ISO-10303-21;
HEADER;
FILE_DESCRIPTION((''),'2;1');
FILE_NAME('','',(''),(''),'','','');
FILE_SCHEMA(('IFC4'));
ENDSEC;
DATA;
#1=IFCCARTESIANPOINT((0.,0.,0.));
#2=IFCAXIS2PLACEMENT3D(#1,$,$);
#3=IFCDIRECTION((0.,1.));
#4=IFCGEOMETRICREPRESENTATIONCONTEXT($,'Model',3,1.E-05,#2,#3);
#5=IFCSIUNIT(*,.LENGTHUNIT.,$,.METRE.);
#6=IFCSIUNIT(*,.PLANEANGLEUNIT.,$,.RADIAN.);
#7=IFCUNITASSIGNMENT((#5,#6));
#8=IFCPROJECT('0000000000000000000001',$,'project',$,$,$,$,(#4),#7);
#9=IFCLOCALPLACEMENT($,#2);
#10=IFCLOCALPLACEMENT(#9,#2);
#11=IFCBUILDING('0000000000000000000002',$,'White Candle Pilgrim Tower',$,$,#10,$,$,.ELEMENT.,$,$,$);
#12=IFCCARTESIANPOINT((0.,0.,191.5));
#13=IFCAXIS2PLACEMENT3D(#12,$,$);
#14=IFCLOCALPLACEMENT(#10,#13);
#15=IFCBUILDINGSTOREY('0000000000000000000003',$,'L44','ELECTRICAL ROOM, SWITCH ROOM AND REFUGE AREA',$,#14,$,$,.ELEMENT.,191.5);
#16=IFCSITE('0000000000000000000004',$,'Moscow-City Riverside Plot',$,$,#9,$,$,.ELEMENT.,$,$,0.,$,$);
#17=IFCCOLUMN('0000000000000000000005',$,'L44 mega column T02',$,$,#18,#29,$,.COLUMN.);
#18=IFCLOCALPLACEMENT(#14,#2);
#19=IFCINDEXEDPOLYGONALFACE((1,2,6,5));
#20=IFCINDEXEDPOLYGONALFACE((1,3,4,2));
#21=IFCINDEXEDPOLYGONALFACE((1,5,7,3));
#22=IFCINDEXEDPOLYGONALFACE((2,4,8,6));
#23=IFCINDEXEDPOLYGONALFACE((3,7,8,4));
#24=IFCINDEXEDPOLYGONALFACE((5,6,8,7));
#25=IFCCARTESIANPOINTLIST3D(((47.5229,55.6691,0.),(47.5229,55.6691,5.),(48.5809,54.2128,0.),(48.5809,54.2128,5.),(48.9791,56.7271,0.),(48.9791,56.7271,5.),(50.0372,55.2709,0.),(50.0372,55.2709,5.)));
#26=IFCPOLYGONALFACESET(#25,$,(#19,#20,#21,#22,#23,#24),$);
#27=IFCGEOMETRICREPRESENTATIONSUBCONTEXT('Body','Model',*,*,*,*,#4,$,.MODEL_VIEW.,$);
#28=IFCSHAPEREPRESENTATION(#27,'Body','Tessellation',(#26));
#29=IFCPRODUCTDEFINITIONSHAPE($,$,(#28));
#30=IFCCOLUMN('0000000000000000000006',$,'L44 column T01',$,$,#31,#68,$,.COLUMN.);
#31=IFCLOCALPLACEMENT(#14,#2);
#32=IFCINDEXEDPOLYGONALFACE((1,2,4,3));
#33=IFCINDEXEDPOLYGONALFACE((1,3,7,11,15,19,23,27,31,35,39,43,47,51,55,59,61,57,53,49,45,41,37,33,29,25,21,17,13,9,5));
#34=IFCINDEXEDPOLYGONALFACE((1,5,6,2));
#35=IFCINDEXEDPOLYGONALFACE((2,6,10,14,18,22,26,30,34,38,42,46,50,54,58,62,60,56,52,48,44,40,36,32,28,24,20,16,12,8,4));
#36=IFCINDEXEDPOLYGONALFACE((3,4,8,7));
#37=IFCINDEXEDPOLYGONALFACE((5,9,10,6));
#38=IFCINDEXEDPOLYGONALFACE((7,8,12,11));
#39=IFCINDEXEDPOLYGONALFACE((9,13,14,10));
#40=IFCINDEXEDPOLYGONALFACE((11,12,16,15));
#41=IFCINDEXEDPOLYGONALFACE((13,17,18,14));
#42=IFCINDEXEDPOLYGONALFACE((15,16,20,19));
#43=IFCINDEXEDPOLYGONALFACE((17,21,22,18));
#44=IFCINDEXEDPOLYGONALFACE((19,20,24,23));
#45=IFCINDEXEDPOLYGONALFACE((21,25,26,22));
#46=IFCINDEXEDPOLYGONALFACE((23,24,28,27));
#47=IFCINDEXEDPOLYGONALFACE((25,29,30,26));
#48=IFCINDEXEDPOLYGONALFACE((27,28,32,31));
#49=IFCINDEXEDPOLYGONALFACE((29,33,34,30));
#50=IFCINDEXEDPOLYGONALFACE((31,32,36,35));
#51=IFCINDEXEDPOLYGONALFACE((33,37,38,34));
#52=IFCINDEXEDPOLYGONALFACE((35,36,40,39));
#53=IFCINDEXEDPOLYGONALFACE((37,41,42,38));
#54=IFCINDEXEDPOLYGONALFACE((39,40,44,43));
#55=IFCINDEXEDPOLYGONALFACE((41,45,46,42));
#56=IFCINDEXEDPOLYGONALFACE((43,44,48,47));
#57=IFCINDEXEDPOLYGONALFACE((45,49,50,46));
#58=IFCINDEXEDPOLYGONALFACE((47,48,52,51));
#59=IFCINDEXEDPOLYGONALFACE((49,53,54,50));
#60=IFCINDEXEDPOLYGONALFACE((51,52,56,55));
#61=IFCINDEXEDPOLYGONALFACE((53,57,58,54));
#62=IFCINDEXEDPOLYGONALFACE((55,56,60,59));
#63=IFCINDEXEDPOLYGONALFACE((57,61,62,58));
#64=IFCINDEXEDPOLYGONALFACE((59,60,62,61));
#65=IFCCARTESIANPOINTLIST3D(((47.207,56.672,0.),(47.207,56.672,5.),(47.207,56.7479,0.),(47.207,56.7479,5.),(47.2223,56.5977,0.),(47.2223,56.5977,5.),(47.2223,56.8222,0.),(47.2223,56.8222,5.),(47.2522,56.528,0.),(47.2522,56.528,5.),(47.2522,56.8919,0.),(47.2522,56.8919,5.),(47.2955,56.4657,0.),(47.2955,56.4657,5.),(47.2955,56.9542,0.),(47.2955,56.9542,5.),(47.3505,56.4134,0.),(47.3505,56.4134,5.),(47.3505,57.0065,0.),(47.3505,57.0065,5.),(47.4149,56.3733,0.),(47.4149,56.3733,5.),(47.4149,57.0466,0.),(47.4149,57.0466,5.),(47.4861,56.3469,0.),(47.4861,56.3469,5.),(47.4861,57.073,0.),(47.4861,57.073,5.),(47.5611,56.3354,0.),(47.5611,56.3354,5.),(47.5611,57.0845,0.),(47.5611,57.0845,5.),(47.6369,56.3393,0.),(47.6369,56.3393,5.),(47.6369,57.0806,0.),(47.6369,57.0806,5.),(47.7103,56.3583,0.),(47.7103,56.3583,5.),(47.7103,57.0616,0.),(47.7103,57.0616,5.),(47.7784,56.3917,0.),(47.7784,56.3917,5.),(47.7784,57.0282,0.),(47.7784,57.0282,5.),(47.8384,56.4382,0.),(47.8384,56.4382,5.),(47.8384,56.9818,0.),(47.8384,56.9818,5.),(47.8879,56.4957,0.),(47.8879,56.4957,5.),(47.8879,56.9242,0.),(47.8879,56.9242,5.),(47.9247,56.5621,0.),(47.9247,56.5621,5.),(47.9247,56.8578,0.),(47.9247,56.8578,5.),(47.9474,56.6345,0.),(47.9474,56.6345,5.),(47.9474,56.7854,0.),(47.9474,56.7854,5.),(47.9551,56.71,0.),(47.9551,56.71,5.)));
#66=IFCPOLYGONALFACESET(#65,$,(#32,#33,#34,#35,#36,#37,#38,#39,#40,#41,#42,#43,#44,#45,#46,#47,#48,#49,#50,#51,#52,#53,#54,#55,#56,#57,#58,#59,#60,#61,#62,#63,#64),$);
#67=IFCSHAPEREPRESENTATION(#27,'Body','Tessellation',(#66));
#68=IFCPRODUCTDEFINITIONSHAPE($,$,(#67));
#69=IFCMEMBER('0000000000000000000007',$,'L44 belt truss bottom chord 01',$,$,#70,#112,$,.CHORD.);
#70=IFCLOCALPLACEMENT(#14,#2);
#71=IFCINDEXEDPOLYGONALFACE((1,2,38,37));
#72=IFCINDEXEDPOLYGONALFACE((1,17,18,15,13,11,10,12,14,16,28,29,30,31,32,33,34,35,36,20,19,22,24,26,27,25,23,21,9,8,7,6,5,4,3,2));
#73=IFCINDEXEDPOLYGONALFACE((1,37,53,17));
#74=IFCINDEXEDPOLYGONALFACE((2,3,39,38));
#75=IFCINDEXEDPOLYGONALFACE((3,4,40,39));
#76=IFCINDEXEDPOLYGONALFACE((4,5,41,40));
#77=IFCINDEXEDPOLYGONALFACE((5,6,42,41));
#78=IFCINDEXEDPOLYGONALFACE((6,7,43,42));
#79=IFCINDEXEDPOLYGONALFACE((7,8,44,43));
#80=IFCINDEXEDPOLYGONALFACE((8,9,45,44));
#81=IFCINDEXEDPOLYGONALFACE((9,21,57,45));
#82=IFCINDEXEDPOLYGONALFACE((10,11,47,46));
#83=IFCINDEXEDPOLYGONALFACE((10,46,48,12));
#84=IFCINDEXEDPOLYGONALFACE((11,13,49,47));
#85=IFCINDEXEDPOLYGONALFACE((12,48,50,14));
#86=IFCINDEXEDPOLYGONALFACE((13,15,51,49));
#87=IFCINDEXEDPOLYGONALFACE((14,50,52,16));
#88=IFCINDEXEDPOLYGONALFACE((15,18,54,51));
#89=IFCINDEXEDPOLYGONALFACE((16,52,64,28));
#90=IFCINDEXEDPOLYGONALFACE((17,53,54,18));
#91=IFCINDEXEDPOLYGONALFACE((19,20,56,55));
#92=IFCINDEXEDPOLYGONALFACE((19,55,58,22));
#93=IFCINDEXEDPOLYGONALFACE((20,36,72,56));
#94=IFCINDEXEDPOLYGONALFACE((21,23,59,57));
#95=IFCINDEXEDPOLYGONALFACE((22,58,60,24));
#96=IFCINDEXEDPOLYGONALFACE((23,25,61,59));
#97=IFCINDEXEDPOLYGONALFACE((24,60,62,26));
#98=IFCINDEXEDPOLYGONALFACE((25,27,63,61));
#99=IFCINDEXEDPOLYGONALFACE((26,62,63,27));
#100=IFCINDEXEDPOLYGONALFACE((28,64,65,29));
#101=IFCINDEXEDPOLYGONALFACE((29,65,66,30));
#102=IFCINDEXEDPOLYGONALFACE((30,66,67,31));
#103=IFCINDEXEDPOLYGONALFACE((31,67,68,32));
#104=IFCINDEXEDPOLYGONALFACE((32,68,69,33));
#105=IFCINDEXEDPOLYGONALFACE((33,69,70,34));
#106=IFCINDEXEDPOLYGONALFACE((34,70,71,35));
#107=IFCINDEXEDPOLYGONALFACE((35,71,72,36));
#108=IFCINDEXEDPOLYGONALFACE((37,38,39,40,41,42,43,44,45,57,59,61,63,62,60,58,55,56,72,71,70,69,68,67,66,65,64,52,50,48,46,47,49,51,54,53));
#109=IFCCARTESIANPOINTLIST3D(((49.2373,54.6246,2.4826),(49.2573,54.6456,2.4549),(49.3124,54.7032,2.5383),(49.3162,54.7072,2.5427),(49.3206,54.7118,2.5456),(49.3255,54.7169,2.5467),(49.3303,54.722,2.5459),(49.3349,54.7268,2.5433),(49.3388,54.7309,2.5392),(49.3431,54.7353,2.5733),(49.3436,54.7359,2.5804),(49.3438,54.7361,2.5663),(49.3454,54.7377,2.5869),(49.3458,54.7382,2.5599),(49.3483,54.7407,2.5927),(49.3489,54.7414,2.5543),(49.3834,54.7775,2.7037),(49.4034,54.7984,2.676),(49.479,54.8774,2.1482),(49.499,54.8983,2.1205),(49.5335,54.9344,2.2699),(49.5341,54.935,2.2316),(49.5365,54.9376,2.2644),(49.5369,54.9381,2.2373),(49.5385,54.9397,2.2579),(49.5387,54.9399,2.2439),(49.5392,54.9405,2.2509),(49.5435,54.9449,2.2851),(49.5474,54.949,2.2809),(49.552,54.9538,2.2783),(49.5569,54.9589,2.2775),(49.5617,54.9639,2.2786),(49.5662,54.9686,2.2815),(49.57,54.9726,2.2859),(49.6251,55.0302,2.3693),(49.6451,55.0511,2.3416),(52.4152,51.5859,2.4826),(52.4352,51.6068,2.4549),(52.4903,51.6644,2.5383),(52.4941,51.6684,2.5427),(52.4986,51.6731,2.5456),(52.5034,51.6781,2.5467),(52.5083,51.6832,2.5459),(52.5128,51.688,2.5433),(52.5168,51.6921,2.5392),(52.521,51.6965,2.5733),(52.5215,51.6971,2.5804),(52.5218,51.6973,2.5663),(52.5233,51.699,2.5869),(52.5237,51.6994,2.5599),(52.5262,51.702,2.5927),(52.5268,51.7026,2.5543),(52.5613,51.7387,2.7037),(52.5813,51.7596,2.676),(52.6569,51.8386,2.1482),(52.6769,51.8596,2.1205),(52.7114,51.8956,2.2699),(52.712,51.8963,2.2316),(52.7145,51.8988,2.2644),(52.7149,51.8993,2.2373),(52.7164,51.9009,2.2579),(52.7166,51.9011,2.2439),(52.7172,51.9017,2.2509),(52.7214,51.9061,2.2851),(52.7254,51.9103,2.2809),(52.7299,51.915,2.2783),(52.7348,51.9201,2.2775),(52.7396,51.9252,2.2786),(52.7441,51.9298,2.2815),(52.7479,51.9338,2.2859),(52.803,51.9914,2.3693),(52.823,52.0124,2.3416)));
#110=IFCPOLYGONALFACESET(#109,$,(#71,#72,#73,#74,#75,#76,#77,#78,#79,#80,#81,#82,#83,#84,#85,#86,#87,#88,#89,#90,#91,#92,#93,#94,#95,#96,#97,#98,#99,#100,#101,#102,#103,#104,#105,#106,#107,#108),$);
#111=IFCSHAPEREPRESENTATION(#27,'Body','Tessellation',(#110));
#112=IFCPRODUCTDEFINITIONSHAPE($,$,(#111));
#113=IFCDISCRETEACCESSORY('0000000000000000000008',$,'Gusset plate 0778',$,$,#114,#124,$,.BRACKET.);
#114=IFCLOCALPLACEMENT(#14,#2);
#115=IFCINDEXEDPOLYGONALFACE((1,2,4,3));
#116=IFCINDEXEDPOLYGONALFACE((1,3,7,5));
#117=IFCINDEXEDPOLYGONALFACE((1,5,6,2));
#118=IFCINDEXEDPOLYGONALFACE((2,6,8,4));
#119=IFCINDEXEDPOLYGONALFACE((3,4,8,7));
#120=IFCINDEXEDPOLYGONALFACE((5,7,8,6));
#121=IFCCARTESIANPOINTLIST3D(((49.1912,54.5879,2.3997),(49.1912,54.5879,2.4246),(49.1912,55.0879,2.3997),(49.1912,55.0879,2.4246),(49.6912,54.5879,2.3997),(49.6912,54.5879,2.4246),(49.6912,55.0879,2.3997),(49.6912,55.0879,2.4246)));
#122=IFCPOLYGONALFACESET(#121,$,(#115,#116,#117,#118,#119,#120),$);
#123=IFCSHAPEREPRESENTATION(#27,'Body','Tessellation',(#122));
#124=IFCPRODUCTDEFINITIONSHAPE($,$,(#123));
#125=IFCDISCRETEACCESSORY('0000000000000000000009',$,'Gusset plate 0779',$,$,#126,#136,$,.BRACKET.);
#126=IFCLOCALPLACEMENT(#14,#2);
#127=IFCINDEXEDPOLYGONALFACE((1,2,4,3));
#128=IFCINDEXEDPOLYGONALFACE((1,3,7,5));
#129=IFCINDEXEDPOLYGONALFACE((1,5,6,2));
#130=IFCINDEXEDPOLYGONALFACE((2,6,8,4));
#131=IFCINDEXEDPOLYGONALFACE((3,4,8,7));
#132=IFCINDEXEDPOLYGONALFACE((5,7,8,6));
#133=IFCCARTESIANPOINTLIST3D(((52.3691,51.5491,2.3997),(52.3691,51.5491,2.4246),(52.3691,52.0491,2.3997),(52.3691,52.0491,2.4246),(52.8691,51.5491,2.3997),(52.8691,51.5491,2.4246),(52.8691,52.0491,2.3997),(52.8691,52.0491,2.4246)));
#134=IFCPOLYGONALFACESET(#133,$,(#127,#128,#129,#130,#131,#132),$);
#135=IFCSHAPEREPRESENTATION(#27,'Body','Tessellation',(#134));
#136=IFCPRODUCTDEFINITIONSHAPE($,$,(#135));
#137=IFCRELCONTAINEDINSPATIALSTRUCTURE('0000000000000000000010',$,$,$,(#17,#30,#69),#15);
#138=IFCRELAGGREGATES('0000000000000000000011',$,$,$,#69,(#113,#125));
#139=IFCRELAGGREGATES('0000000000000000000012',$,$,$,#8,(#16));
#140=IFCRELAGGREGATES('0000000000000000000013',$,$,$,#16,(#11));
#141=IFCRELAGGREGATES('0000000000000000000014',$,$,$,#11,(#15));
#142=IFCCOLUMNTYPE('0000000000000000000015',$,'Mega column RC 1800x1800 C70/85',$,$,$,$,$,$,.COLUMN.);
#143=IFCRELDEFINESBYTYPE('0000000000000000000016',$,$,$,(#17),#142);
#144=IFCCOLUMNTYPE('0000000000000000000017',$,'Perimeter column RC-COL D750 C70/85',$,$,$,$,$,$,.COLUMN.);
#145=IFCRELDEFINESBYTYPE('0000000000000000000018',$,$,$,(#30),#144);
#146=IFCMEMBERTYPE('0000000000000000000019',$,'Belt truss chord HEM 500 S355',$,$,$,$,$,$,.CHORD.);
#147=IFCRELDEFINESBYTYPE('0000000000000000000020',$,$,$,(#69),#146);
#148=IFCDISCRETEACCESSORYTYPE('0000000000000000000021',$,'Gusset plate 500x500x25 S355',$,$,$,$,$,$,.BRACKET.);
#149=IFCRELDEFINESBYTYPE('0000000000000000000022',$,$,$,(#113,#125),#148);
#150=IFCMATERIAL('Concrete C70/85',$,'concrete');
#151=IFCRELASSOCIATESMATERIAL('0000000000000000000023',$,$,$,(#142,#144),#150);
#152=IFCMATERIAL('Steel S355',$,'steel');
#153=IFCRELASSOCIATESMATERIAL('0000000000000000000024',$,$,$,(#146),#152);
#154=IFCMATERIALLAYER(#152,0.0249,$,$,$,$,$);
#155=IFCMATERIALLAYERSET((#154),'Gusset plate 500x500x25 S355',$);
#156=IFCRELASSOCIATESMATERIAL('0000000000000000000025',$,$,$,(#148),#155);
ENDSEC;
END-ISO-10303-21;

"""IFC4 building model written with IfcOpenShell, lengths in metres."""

from ifc_helpers import new_model, si_unit, direction, frame, origin, origin_2d, place, context, subcontext, project, spatial, rectangle, circle, i_section, extrude, material, layer, layer_set, material_profile, profile_set, type_object, element, aggregate, save


model = new_model("IFC4")

# Units and contexts
model_context = context("Model", 3, precision=1e-05, world=origin(), true_north=direction((0.0, 1.0)))
body_context = subcontext(model_context, "Body", "Model", "MODEL_VIEW")
ifc_project = project(units=[si_unit("LENGTHUNIT", "METRE"), si_unit("PLANEANGLEUNIT", "RADIAN")], contexts=[model_context])

# Site, building, storey
site_placement = place(None, origin())
site = spatial("IfcSite", under=ifc_project, at=site_placement, Name="Moscow-City Riverside Plot", CompositionType="ELEMENT", RefElevation=0.0)
building_placement = place(site_placement, origin())
building = spatial("IfcBuilding", under=site, at=building_placement, Name="White Candle Pilgrim Tower", CompositionType="ELEMENT")
storey_placement = place(building_placement, frame((0.0, 0.0, 191.5)))
storey = spatial("IfcBuildingStorey", under=building, at=storey_placement, Name="L44", Description="ELECTRICAL ROOM, SWITCH ROOM AND REFUGE AREA", CompositionType="ELEMENT", Elevation=191.5)

# Columns
ifc_material_1 = material(Name="Concrete C70/85", Category="concrete")
ifc_material_profile_1 = material_profile(ifc_material_1, rectangle(XDim=1.8, YDim=1.8, at=origin_2d()), Name="RC 1800x1800")
ifc_profile_set_1 = profile_set([ifc_material_profile_1], Name="Concrete C70/85")
column_type_1 = type_object("IfcColumnType", Name="Mega column RC 1800x1800 C70/85", PredefinedType="COLUMN", material=ifc_profile_set_1)
column_1_placement = place(storey_placement, frame((48.78, 55.47, 0.0), z_axis=(0.0, 0.0, 1.0), x_axis=(-0.809017, -0.587785, 0.0)))
element("IfcColumn", 1, at=column_1_placement, inside=storey, type_object=column_type_1, Name="L44 mega column T02", PredefinedType="COLUMN", context=body_context, shape_type="SweptSolid", body=[
    extrude(rectangle(XDim=1.8, YDim=1.8, at=origin_2d()), origin(), (0.0, 0.0, 1.0), 5.0),
])
ifc_material_profile_2 = material_profile(ifc_material_1, circle(Radius=0.375, at=origin_2d()), Name="RC-COL D750")
ifc_profile_set_2 = profile_set([ifc_material_profile_2], Name="Concrete C70/85")
column_type_2 = type_object("IfcColumnType", Name="Perimeter column RC-COL D750 C70/85", PredefinedType="COLUMN", material=ifc_profile_set_2)
column_2_placement = place(storey_placement, frame((47.5801, 56.71, 0.0), z_axis=(0.0, 0.0, 1.0), x_axis=(1.0, 0.0, 0.0)))
element("IfcColumn", 2, at=column_2_placement, inside=storey, type_object=column_type_2, Name="L44 column T01", PredefinedType="COLUMN", context=body_context, shape_type="SweptSolid", body=[
    extrude(circle(Radius=0.375, at=origin_2d()), origin(), (0.0, 0.0, 1.0), 5.0),
])

# Member
ifc_material_2 = material(Name="Steel S355", Category="steel")
ifc_material_profile_3 = material_profile(ifc_material_2, i_section(OverallWidth=0.3059, OverallDepth=0.5239, WebThickness=0.021, FlangeThickness=0.04, FilletRadius=0.0271, at=origin_2d()), Name="HEM 500")
ifc_profile_set_3 = profile_set([ifc_material_profile_3], Name="Steel S355")
member_type_1 = type_object("IfcMemberType", Name="Belt truss chord HEM 500 S355", PredefinedType="CHORD", material=ifc_profile_set_3)
member_1_placement = place(storey_placement, frame((49.4412, 54.8379, 2.4121), z_axis=(0.722754, -0.691105, 0.0), x_axis=(0.477632, 0.499504, 0.722747)))
member_1 = element("IfcMember", 3, at=member_1_placement, inside=storey, type_object=member_type_1, Name="L44 belt truss bottom chord 01", PredefinedType="CHORD", context=body_context, shape_type="SweptSolid", body=[
    extrude(i_section(OverallWidth=0.3059, OverallDepth=0.5239, WebThickness=0.021, FlangeThickness=0.04, FilletRadius=0.0271, at=origin_2d()), origin(), (0.0, 0.0, 1.0), 4.397),
])

# Discrete accessories
ifc_layer_1 = layer(ifc_material_2, 0.0249)
ifc_layer_set_1 = layer_set([ifc_layer_1], Name="Gusset plate 500x500x25 S355")
discrete_accessory_type = type_object("IfcDiscreteAccessoryType", Name="Gusset plate 500x500x25 S355", PredefinedType="BRACKET", material=ifc_layer_set_1)
discrete_accessory_1_placement = place(storey_placement, frame((49.4412, 54.8379, 2.3997), z_axis=(0.0, 0.0, 1.0), x_axis=(1.0, 0.0, 0.0)))
discrete_accessory_1 = element("IfcDiscreteAccessory", 4, at=discrete_accessory_1_placement, type_object=discrete_accessory_type, Name="Gusset plate 0778", PredefinedType="BRACKET", context=body_context, shape_type="SweptSolid", body=[
    extrude(rectangle(XDim=0.5, YDim=0.5, at=origin_2d()), origin(), (0.0, 0.0, 1.0), 0.0249),
])
discrete_accessory_2_placement = place(storey_placement, frame((52.6191, 51.7991, 2.3997), z_axis=(0.0, 0.0, 1.0), x_axis=(1.0, 0.0, 0.0)))
discrete_accessory_2 = element("IfcDiscreteAccessory", 5, at=discrete_accessory_2_placement, type_object=discrete_accessory_type, Name="Gusset plate 0779", PredefinedType="BRACKET", context=body_context, shape_type="SweptSolid", body=[
    extrude(rectangle(XDim=0.5, YDim=0.5, at=origin_2d()), origin(), (0.0, 0.0, 1.0), 0.0249),
])
aggregate(member_1, [discrete_accessory_1, discrete_accessory_2])

save(model, "model.ifc")
